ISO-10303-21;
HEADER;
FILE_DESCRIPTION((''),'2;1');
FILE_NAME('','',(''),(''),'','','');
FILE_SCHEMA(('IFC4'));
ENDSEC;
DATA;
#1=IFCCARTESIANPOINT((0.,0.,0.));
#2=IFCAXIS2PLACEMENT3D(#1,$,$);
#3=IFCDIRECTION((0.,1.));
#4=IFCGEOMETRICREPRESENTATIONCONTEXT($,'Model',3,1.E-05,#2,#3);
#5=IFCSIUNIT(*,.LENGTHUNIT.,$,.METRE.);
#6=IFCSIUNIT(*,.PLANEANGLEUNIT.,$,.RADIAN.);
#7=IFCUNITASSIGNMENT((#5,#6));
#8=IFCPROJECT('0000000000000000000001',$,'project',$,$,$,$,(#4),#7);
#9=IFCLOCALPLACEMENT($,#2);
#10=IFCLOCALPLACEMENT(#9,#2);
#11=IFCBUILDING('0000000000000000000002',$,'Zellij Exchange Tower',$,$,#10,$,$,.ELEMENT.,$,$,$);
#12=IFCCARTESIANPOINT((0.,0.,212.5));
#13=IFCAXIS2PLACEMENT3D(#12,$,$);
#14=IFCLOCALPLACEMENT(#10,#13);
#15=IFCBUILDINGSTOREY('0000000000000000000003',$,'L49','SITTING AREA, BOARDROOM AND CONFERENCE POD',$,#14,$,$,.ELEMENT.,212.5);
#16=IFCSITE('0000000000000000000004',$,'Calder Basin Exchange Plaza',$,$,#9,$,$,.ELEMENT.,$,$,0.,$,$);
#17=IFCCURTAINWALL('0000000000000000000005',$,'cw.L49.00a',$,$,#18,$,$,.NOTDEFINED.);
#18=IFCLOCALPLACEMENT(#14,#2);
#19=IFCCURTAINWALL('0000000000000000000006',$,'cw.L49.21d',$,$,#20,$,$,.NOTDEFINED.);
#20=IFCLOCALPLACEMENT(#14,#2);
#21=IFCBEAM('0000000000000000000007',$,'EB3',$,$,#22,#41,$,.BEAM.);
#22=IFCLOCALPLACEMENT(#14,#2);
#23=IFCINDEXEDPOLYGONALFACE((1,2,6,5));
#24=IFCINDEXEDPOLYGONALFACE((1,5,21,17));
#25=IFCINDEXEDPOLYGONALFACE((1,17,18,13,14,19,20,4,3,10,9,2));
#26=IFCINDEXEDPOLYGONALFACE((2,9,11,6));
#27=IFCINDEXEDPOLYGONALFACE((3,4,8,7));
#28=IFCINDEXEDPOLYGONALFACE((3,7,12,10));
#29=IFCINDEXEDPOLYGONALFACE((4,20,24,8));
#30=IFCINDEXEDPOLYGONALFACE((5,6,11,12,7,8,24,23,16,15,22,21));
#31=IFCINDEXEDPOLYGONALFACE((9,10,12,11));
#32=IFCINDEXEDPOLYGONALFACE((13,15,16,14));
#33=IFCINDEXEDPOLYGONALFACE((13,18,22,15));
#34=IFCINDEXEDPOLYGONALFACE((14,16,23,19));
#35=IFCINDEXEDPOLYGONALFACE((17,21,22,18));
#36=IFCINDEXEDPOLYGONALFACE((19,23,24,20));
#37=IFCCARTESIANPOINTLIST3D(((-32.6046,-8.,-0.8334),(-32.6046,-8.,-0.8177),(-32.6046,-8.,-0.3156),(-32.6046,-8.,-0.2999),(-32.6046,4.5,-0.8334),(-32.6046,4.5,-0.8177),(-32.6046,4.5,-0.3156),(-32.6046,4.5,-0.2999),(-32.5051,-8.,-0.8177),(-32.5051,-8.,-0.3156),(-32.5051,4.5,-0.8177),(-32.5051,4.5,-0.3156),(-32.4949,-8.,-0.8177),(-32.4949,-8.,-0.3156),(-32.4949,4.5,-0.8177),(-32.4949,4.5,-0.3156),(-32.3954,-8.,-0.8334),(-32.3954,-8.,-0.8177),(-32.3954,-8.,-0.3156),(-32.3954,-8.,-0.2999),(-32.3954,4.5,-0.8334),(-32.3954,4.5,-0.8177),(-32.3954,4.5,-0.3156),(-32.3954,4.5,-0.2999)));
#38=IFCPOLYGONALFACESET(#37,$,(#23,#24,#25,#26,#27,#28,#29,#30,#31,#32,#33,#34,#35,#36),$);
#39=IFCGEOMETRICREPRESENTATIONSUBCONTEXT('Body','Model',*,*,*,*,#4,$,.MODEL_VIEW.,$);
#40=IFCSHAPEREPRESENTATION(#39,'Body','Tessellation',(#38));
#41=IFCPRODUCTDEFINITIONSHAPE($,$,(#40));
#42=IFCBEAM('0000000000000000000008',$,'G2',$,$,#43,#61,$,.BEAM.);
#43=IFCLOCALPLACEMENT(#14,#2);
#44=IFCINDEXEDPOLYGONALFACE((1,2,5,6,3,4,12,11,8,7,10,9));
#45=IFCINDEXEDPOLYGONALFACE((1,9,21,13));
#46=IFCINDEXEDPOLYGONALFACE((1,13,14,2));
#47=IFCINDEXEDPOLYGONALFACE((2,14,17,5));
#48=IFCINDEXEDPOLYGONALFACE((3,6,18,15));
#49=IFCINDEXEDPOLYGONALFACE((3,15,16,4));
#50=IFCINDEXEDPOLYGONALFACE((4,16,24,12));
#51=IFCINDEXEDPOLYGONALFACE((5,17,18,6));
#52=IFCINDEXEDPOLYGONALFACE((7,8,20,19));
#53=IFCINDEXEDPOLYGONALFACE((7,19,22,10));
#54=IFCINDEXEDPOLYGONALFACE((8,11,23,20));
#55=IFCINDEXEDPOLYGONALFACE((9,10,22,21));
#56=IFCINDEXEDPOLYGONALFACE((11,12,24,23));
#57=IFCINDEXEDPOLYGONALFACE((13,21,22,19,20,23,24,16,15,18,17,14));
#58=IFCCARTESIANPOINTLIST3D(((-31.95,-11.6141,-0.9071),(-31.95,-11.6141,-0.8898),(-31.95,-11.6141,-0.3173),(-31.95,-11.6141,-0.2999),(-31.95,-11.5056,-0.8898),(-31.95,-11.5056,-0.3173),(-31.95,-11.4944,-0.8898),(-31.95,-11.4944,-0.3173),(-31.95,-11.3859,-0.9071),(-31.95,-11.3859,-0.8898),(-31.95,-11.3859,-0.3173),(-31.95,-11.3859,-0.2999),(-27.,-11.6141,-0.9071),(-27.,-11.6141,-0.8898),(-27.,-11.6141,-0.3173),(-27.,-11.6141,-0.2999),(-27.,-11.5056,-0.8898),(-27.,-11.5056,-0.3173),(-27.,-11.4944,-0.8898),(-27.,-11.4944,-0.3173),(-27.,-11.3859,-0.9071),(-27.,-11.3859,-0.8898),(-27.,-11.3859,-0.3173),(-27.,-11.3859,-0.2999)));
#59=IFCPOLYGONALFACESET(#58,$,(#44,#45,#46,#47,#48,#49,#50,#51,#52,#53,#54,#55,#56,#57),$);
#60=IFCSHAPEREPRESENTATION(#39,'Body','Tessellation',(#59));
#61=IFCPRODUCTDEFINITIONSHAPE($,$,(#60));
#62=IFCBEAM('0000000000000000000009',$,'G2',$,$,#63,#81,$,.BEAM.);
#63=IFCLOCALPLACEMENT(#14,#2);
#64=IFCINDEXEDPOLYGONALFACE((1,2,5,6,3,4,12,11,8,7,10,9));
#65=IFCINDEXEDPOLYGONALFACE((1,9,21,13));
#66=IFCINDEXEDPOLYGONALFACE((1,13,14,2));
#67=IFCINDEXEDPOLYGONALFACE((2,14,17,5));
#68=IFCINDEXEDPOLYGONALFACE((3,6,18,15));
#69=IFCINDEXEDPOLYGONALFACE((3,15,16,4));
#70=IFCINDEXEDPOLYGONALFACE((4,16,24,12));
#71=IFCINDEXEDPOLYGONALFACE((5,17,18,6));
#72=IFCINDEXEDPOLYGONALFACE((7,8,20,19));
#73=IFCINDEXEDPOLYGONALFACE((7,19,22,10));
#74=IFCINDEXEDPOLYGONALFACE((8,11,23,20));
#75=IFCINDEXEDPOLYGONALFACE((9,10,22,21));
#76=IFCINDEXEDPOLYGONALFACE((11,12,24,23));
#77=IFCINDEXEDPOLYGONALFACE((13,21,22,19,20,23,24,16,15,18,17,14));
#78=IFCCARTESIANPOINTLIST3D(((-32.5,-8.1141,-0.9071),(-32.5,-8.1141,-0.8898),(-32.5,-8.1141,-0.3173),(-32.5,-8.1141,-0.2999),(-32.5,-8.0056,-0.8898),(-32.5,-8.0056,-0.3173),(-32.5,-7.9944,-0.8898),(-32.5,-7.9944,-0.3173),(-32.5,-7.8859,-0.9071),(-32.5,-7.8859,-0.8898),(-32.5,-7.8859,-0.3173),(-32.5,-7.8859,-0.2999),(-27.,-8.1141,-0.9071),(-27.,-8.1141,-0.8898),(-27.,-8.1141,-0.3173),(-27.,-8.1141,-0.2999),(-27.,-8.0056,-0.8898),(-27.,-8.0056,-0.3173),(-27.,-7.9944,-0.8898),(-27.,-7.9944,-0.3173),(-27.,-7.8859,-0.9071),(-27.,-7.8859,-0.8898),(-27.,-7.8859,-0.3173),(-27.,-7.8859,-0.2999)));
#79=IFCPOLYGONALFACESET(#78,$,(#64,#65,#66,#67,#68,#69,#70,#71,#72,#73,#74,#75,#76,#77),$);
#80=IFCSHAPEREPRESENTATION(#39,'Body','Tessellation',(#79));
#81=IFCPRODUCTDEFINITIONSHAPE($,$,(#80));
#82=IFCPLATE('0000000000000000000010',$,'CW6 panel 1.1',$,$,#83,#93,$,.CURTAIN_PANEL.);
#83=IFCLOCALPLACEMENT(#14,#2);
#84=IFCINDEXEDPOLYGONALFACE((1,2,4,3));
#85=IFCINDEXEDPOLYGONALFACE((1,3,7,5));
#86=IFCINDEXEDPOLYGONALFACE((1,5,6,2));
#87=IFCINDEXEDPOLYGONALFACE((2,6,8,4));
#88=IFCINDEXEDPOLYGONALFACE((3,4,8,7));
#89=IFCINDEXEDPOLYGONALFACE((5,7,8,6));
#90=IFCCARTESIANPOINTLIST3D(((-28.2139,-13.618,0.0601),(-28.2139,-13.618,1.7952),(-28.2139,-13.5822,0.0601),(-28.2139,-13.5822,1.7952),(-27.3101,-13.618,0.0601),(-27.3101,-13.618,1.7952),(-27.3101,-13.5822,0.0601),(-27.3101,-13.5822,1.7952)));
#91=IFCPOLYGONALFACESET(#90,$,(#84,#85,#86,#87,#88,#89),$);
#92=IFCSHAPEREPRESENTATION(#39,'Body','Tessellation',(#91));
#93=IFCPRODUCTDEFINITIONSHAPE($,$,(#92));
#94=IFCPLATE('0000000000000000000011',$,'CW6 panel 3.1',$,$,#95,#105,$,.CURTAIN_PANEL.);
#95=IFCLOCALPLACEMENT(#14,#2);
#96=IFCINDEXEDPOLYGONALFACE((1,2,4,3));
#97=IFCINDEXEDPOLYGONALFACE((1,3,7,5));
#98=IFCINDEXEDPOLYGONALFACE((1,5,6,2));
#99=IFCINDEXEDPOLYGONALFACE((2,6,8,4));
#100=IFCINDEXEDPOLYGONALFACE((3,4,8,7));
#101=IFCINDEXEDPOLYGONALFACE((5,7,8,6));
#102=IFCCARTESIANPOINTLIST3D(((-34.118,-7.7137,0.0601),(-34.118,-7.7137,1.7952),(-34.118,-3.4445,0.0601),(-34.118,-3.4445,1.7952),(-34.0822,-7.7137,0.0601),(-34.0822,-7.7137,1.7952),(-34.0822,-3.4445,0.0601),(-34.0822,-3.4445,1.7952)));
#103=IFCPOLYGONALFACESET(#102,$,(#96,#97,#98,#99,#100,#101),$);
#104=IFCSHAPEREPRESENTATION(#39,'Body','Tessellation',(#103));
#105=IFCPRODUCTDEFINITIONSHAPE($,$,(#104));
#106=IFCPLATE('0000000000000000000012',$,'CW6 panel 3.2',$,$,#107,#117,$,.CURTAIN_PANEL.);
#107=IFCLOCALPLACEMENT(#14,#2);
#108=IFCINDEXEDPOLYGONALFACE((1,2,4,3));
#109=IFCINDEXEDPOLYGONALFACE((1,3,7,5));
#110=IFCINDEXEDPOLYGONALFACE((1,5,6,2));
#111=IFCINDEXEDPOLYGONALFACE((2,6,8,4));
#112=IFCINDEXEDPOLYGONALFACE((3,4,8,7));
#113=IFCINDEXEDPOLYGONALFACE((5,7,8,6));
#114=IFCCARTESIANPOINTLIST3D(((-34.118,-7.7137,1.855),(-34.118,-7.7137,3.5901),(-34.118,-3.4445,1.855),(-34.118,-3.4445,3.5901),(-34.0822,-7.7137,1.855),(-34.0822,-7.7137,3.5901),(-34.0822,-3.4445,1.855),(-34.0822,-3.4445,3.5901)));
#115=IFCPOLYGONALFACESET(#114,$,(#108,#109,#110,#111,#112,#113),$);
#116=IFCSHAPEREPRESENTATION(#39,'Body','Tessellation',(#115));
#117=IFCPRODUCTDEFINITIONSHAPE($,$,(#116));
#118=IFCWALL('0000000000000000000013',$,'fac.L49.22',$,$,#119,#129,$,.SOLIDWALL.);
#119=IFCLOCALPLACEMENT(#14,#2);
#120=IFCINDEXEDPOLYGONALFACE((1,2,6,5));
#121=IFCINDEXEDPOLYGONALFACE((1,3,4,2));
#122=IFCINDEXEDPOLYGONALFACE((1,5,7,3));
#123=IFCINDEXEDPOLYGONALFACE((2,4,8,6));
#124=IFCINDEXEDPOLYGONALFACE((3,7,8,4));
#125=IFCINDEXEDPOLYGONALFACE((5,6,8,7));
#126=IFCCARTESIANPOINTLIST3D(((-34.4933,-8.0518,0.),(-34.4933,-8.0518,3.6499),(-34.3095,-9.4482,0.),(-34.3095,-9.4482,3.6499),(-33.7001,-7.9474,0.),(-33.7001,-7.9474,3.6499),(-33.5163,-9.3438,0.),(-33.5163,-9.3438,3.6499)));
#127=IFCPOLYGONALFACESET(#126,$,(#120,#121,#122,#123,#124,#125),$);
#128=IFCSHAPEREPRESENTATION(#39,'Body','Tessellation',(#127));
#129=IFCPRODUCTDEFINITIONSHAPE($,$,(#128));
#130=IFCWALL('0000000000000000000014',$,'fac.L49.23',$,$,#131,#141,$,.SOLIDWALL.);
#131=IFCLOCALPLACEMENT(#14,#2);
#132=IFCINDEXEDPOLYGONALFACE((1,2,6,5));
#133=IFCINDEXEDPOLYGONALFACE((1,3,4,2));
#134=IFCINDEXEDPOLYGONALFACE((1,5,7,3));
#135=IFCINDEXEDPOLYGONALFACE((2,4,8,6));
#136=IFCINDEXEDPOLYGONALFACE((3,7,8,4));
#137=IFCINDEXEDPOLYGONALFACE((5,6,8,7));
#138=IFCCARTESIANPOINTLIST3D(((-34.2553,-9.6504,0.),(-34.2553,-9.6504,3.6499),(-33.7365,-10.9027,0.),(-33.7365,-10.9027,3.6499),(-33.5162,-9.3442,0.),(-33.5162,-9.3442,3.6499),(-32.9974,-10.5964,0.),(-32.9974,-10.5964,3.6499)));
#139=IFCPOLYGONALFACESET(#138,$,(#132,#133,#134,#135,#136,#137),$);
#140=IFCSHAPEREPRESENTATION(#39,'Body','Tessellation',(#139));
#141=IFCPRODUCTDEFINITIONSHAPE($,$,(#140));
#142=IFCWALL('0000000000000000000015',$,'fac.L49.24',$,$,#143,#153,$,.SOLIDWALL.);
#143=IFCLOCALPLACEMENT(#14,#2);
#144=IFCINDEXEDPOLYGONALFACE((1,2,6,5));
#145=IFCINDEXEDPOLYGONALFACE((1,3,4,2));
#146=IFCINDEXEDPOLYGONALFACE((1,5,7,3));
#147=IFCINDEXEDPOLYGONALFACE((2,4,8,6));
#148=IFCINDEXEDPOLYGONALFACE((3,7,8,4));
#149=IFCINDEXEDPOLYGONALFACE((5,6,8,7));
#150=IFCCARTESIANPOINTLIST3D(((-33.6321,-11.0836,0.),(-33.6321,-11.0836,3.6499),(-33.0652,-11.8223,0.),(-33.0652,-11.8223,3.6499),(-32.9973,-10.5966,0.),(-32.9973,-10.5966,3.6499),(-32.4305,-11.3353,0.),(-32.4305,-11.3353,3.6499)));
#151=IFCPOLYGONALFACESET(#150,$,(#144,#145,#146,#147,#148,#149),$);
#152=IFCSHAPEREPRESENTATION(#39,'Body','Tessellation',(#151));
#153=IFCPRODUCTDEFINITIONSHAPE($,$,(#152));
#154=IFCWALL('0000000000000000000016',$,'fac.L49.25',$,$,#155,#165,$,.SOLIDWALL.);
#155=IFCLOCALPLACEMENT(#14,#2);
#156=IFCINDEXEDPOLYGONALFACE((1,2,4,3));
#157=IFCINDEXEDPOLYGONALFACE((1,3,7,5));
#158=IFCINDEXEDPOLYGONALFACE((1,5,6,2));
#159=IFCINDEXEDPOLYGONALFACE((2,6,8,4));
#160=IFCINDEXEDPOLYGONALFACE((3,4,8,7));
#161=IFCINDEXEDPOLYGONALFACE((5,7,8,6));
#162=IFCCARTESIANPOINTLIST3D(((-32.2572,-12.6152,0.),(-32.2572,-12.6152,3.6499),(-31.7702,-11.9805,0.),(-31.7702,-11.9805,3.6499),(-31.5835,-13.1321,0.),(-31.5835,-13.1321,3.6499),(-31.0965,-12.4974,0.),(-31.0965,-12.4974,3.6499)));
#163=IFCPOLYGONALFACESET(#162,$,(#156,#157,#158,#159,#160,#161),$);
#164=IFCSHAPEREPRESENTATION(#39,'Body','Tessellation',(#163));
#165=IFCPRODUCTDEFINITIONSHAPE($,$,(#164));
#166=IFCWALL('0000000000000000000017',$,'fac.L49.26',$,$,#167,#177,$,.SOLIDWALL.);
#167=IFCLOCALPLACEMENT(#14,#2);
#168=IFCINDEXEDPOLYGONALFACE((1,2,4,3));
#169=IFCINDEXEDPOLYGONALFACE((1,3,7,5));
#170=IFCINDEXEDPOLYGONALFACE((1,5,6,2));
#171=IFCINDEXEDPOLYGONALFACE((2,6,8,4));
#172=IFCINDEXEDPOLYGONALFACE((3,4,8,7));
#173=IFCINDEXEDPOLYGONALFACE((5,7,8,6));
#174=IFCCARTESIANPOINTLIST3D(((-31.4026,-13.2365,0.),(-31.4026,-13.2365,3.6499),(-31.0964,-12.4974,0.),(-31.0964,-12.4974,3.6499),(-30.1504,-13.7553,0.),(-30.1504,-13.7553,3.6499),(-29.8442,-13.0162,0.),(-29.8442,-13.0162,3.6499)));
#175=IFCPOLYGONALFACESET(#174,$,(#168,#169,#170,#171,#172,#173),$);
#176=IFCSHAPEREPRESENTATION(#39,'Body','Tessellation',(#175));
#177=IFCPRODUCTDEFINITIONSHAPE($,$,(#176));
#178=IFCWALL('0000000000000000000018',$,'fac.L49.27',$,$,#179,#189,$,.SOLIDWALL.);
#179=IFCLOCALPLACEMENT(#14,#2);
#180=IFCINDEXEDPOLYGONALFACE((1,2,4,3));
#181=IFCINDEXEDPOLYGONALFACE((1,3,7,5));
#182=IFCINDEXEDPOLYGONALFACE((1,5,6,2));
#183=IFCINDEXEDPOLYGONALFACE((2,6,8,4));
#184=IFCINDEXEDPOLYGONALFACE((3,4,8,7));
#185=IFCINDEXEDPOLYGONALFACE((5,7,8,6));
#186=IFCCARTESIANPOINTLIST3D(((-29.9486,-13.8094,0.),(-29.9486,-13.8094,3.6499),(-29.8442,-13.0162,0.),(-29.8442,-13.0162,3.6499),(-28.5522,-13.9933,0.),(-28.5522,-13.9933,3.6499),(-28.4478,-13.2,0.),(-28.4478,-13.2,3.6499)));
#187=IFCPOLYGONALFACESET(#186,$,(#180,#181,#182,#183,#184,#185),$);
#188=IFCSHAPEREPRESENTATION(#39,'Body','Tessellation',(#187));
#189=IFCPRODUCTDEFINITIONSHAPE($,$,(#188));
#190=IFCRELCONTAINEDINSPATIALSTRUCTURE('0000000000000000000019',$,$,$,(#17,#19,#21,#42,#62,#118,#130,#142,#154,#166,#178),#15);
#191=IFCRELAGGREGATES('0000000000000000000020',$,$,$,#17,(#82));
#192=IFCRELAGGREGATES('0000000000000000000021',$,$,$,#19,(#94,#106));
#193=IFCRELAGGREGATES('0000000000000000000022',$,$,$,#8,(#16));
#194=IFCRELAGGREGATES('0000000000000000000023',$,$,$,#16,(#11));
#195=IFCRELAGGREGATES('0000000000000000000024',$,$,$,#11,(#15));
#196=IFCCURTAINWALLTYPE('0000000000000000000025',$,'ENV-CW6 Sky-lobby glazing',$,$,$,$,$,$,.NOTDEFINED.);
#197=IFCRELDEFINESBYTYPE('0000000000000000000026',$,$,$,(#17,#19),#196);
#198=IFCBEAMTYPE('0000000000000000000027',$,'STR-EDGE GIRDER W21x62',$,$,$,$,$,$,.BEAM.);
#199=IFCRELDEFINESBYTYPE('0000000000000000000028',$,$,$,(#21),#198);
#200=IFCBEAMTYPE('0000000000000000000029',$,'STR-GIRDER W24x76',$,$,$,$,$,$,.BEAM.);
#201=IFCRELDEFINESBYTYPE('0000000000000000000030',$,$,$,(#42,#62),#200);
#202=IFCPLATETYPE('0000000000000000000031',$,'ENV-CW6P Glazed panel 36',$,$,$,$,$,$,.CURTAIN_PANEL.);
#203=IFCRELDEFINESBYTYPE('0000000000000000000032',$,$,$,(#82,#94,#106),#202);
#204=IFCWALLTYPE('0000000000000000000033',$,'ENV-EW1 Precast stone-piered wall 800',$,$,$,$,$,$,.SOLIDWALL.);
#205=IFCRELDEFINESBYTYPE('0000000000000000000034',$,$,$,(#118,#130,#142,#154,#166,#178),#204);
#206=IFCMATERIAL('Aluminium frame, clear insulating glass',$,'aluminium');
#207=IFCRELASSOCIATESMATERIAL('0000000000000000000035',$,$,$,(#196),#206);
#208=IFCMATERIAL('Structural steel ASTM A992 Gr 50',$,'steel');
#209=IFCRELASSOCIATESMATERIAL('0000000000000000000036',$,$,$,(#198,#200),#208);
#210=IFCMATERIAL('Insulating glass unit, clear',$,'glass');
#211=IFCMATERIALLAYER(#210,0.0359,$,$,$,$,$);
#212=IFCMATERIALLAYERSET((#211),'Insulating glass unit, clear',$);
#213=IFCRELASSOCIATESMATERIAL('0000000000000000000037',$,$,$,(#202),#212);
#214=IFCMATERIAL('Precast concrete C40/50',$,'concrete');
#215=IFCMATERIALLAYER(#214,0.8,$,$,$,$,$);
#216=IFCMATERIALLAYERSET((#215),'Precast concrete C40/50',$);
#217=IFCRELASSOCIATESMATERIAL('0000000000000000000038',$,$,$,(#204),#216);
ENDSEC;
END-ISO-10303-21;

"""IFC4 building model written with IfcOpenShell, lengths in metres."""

from ifc_helpers import new_model, si_unit, direction, frame, frame_2d, origin, origin_2d, place, context, subcontext, project, spatial, rectangle, i_section, extrude, material, layer, layer_set, material_profile, profile_set, type_object, element, aggregate, save


model = new_model("IFC4")

# Units and contexts
model_context = context("Model", 3, precision=1e-05, world=origin(), true_north=direction((0.0, 1.0)))
body_context = subcontext(model_context, "Body", "Model", "MODEL_VIEW")
ifc_project = project(units=[si_unit("LENGTHUNIT", "METRE"), si_unit("PLANEANGLEUNIT", "RADIAN")], contexts=[model_context])

# Site, building, storey
site_placement = place(None, origin())
site = spatial("IfcSite", under=ifc_project, at=site_placement, Name="Calder Basin Exchange Plaza", CompositionType="ELEMENT", RefElevation=0.0)
building_placement = place(site_placement, origin())
building = spatial("IfcBuilding", under=site, at=building_placement, Name="Zellij Exchange Tower", CompositionType="ELEMENT")
storey_placement = place(building_placement, frame((0.0, 0.0, 212.5)))
storey = spatial("IfcBuildingStorey", under=building, at=storey_placement, Name="L49", Description="SITTING AREA, BOARDROOM AND CONFERENCE POD", CompositionType="ELEMENT", Elevation=212.5)

# Curtain walls
ifc_material_1 = material(Name="Aluminium frame, clear insulating glass", Category="aluminium")
curtain_wall_type = type_object("IfcCurtainWallType", Name="ENV-CW6 Sky-lobby glazing", PredefinedType="NOTDEFINED", material=ifc_material_1)
curtain_wall_1_placement = place(storey_placement, origin())
curtain_wall_1 = element("IfcCurtainWall", 1, at=curtain_wall_1_placement, inside=storey, type_object=curtain_wall_type, Name="cw.L49.00a", PredefinedType="NOTDEFINED")
curtain_wall_2_placement = place(storey_placement, origin())
curtain_wall_2 = element("IfcCurtainWall", 2, at=curtain_wall_2_placement, inside=storey, type_object=curtain_wall_type, Name="cw.L49.21d", PredefinedType="NOTDEFINED")

# Beams
ifc_material_2 = material(Name="Structural steel ASTM A992 Gr 50", Category="steel")
ifc_material_profile_1 = material_profile(ifc_material_2, i_section(OverallWidth=0.2092, OverallDepth=0.5334, WebThickness=0.0103, FlangeThickness=0.0156, at=origin_2d()), Name="W21x62")
ifc_profile_set_1 = profile_set([ifc_material_profile_1], Name="Structural steel ASTM A992 Gr 50")
beam_type_1 = type_object("IfcBeamType", Name="STR-EDGE GIRDER W21x62", PredefinedType="BEAM", material=ifc_profile_set_1)
beam_1_placement = place(storey_placement, frame((-32.5, -8.0, -0.5667), z_axis=(0.0, 1.0, 0.0), x_axis=(-1.0, 0.0, 0.0)))
element("IfcBeam", 3, at=beam_1_placement, inside=storey, type_object=beam_type_1, Name="EB3", PredefinedType="BEAM", context=body_context, shape_type="SweptSolid", body=[
    extrude(i_section(OverallWidth=0.2092, OverallDepth=0.5334, WebThickness=0.0103, FlangeThickness=0.0156, at=origin_2d()), origin(), (0.0, 0.0, 1.0), 12.5),
])
ifc_material_profile_2 = material_profile(ifc_material_2, i_section(OverallWidth=0.2283, OverallDepth=0.6072, WebThickness=0.0112, FlangeThickness=0.0173, at=origin_2d()), Name="W24x76")
ifc_profile_set_2 = profile_set([ifc_material_profile_2], Name="Structural steel ASTM A992 Gr 50")
beam_type_2 = type_object("IfcBeamType", Name="STR-GIRDER W24x76", PredefinedType="BEAM", material=ifc_profile_set_2)
beam_2_placement = place(storey_placement, frame((-31.95, -11.5, -0.6035), z_axis=(1.0, 0.0, 0.0), x_axis=(0.0, 1.0, 0.0)))
element("IfcBeam", 4, at=beam_2_placement, inside=storey, type_object=beam_type_2, Name="G2", PredefinedType="BEAM", context=body_context, shape_type="SweptSolid", body=[
    extrude(i_section(OverallWidth=0.2283, OverallDepth=0.6072, WebThickness=0.0112, FlangeThickness=0.0173, at=origin_2d()), origin(), (0.0, 0.0, 1.0), 4.95),
])
beam_3_placement = place(storey_placement, frame((-32.5, -8.0, -0.6035), z_axis=(1.0, 0.0, 0.0), x_axis=(0.0, 1.0, 0.0)))
element("IfcBeam", 5, at=beam_3_placement, inside=storey, type_object=beam_type_2, Name="G2", PredefinedType="BEAM", context=body_context, shape_type="SweptSolid", body=[
    extrude(i_section(OverallWidth=0.2283, OverallDepth=0.6072, WebThickness=0.0112, FlangeThickness=0.0173, at=origin_2d()), origin(), (0.0, 0.0, 1.0), 5.5),
])

# Plates
ifc_material_3 = material(Name="Insulating glass unit, clear", Category="glass")
ifc_layer_1 = layer(ifc_material_3, 0.0359)
ifc_layer_set_1 = layer_set([ifc_layer_1], Name="Insulating glass unit, clear")
plate_type = type_object("IfcPlateType", Name="ENV-CW6P Glazed panel 36", PredefinedType="CURTAIN_PANEL", material=ifc_layer_set_1)
plate_1_placement = place(storey_placement, frame((-27.762, -13.6001, 0.0601), z_axis=(0.0, 0.0, 1.0), x_axis=(1.0, 0.0, 0.0)))
plate_1 = element("IfcPlate", 6, at=plate_1_placement, type_object=plate_type, Name="CW6 panel 1.1", PredefinedType="CURTAIN_PANEL", context=body_context, shape_type="SweptSolid", body=[
    extrude(rectangle(XDim=0.9038, YDim=0.0359, at=origin_2d()), origin(), (0.0, 0.0, 1.0), 1.7351),
])
aggregate(curtain_wall_1, [plate_1])
plate_2_placement = place(storey_placement, frame((-34.1001, -5.5791, 0.0601), z_axis=(0.0, 0.0, 1.0), x_axis=(0.0, -1.0, 0.0)))
plate_2 = element("IfcPlate", 7, at=plate_2_placement, type_object=plate_type, Name="CW6 panel 3.1", PredefinedType="CURTAIN_PANEL", context=body_context, shape_type="SweptSolid", body=[
    extrude(rectangle(XDim=4.2693, YDim=0.0359, at=origin_2d()), origin(), (0.0, 0.0, 1.0), 1.7351),
])
plate_3_placement = place(storey_placement, frame((-34.1001, -5.5791, 1.855), z_axis=(0.0, 0.0, 1.0), x_axis=(0.0, -1.0, 0.0)))
plate_3 = element("IfcPlate", 8, at=plate_3_placement, type_object=plate_type, Name="CW6 panel 3.2", PredefinedType="CURTAIN_PANEL", context=body_context, shape_type="SweptSolid", body=[
    extrude(rectangle(XDim=4.2693, YDim=0.0359, at=origin_2d()), origin(), (0.0, 0.0, 1.0), 1.7351),
])
aggregate(curtain_wall_2, [plate_2, plate_3])

# Walls
ifc_material_4 = material(Name="Precast concrete C40/50", Category="concrete")
ifc_layer_2 = layer(ifc_material_4, 0.8)
ifc_layer_set_2 = layer_set([ifc_layer_2], Name="Precast concrete C40/50")
wall_type_1 = type_object("IfcWallType", Name="ENV-EW1 Precast stone-piered wall 800", PredefinedType="SOLIDWALL", material=ifc_layer_set_2)
wall_1_placement = place(storey_placement, frame((-34.0967, -7.9998, 0.0), z_axis=(0.0, 0.0, 1.0), x_axis=(0.130517, -0.991446, 0.0)))
element("IfcWall", 9, at=wall_1_placement, inside=storey, type_object=wall_type_1, Name="fac.L49.22", PredefinedType="SOLIDWALL", context=body_context, shape_type="SweptSolid", body=[
    extrude(rectangle(XDim=1.4084, YDim=0.8, at=frame_2d((0.7041, 0.0))), origin(), (0.0, 0.0, 1.0), 3.6499),
])
wall_2_placement = place(storey_placement, frame((-33.8857, -9.4973, 0.0), z_axis=(0.0, 0.0, 1.0), x_axis=(0.38276, -0.923848, 0.0)))
element("IfcWall", 10, at=wall_2_placement, inside=storey, type_object=wall_type_1, Name="fac.L49.23", PredefinedType="SOLIDWALL", context=body_context, shape_type="SweptSolid", body=[
    extrude(rectangle(XDim=1.3555, YDim=0.8, at=frame_2d((0.6777, 0.0))), origin(), (0.0, 0.0, 1.0), 3.6499),
])
wall_3_placement = place(storey_placement, frame((-33.3147, -10.8401, 0.0), z_axis=(0.0, 0.0, 1.0), x_axis=(0.608773, -0.793345, 0.0)))
element("IfcWall", 11, at=wall_3_placement, inside=storey, type_object=wall_type_1, Name="fac.L49.24", PredefinedType="SOLIDWALL", context=body_context, shape_type="SweptSolid", body=[
    extrude(rectangle(XDim=0.9312, YDim=0.8, at=frame_2d((0.4656, 0.0))), origin(), (0.0, 0.0, 1.0), 3.6499),
])
wall_4_placement = place(storey_placement, frame((-32.0137, -12.2979, 0.0), z_axis=(0.0, 0.0, 1.0), x_axis=(0.793361, -0.608751, 0.0)))
element("IfcWall", 12, at=wall_4_placement, inside=storey, type_object=wall_type_1, Name="fac.L49.25", PredefinedType="SOLIDWALL", context=body_context, shape_type="SweptSolid", body=[
    extrude(rectangle(XDim=0.8491, YDim=0.8, at=frame_2d((0.4246, 0.0))), origin(), (0.0, 0.0, 1.0), 3.6499),
])
wall_5_placement = place(storey_placement, frame((-31.2495, -12.8669, 0.0), z_axis=(0.0, 0.0, 1.0), x_axis=(0.923848, -0.38276, 0.0)))
element("IfcWall", 13, at=wall_5_placement, inside=storey, type_object=wall_type_1, Name="fac.L49.26", PredefinedType="SOLIDWALL", context=body_context, shape_type="SweptSolid", body=[
    extrude(rectangle(XDim=1.3555, YDim=0.8, at=frame_2d((0.6777, 0.0))), origin(), (0.0, 0.0, 1.0), 3.6499),
])
wall_6_placement = place(storey_placement, frame((-29.8962, -13.4128, 0.0), z_axis=(0.0, 0.0, 1.0), x_axis=(0.991446, -0.130517, 0.0)))
element("IfcWall", 14, at=wall_6_placement, inside=storey, type_object=wall_type_1, Name="fac.L49.27", PredefinedType="SOLIDWALL", context=body_context, shape_type="SweptSolid", body=[
    extrude(rectangle(XDim=1.4084, YDim=0.8, at=frame_2d((0.7041, 0.0))), origin(), (0.0, 0.0, 1.0), 3.6499),
])

save(model, "model.ifc")
